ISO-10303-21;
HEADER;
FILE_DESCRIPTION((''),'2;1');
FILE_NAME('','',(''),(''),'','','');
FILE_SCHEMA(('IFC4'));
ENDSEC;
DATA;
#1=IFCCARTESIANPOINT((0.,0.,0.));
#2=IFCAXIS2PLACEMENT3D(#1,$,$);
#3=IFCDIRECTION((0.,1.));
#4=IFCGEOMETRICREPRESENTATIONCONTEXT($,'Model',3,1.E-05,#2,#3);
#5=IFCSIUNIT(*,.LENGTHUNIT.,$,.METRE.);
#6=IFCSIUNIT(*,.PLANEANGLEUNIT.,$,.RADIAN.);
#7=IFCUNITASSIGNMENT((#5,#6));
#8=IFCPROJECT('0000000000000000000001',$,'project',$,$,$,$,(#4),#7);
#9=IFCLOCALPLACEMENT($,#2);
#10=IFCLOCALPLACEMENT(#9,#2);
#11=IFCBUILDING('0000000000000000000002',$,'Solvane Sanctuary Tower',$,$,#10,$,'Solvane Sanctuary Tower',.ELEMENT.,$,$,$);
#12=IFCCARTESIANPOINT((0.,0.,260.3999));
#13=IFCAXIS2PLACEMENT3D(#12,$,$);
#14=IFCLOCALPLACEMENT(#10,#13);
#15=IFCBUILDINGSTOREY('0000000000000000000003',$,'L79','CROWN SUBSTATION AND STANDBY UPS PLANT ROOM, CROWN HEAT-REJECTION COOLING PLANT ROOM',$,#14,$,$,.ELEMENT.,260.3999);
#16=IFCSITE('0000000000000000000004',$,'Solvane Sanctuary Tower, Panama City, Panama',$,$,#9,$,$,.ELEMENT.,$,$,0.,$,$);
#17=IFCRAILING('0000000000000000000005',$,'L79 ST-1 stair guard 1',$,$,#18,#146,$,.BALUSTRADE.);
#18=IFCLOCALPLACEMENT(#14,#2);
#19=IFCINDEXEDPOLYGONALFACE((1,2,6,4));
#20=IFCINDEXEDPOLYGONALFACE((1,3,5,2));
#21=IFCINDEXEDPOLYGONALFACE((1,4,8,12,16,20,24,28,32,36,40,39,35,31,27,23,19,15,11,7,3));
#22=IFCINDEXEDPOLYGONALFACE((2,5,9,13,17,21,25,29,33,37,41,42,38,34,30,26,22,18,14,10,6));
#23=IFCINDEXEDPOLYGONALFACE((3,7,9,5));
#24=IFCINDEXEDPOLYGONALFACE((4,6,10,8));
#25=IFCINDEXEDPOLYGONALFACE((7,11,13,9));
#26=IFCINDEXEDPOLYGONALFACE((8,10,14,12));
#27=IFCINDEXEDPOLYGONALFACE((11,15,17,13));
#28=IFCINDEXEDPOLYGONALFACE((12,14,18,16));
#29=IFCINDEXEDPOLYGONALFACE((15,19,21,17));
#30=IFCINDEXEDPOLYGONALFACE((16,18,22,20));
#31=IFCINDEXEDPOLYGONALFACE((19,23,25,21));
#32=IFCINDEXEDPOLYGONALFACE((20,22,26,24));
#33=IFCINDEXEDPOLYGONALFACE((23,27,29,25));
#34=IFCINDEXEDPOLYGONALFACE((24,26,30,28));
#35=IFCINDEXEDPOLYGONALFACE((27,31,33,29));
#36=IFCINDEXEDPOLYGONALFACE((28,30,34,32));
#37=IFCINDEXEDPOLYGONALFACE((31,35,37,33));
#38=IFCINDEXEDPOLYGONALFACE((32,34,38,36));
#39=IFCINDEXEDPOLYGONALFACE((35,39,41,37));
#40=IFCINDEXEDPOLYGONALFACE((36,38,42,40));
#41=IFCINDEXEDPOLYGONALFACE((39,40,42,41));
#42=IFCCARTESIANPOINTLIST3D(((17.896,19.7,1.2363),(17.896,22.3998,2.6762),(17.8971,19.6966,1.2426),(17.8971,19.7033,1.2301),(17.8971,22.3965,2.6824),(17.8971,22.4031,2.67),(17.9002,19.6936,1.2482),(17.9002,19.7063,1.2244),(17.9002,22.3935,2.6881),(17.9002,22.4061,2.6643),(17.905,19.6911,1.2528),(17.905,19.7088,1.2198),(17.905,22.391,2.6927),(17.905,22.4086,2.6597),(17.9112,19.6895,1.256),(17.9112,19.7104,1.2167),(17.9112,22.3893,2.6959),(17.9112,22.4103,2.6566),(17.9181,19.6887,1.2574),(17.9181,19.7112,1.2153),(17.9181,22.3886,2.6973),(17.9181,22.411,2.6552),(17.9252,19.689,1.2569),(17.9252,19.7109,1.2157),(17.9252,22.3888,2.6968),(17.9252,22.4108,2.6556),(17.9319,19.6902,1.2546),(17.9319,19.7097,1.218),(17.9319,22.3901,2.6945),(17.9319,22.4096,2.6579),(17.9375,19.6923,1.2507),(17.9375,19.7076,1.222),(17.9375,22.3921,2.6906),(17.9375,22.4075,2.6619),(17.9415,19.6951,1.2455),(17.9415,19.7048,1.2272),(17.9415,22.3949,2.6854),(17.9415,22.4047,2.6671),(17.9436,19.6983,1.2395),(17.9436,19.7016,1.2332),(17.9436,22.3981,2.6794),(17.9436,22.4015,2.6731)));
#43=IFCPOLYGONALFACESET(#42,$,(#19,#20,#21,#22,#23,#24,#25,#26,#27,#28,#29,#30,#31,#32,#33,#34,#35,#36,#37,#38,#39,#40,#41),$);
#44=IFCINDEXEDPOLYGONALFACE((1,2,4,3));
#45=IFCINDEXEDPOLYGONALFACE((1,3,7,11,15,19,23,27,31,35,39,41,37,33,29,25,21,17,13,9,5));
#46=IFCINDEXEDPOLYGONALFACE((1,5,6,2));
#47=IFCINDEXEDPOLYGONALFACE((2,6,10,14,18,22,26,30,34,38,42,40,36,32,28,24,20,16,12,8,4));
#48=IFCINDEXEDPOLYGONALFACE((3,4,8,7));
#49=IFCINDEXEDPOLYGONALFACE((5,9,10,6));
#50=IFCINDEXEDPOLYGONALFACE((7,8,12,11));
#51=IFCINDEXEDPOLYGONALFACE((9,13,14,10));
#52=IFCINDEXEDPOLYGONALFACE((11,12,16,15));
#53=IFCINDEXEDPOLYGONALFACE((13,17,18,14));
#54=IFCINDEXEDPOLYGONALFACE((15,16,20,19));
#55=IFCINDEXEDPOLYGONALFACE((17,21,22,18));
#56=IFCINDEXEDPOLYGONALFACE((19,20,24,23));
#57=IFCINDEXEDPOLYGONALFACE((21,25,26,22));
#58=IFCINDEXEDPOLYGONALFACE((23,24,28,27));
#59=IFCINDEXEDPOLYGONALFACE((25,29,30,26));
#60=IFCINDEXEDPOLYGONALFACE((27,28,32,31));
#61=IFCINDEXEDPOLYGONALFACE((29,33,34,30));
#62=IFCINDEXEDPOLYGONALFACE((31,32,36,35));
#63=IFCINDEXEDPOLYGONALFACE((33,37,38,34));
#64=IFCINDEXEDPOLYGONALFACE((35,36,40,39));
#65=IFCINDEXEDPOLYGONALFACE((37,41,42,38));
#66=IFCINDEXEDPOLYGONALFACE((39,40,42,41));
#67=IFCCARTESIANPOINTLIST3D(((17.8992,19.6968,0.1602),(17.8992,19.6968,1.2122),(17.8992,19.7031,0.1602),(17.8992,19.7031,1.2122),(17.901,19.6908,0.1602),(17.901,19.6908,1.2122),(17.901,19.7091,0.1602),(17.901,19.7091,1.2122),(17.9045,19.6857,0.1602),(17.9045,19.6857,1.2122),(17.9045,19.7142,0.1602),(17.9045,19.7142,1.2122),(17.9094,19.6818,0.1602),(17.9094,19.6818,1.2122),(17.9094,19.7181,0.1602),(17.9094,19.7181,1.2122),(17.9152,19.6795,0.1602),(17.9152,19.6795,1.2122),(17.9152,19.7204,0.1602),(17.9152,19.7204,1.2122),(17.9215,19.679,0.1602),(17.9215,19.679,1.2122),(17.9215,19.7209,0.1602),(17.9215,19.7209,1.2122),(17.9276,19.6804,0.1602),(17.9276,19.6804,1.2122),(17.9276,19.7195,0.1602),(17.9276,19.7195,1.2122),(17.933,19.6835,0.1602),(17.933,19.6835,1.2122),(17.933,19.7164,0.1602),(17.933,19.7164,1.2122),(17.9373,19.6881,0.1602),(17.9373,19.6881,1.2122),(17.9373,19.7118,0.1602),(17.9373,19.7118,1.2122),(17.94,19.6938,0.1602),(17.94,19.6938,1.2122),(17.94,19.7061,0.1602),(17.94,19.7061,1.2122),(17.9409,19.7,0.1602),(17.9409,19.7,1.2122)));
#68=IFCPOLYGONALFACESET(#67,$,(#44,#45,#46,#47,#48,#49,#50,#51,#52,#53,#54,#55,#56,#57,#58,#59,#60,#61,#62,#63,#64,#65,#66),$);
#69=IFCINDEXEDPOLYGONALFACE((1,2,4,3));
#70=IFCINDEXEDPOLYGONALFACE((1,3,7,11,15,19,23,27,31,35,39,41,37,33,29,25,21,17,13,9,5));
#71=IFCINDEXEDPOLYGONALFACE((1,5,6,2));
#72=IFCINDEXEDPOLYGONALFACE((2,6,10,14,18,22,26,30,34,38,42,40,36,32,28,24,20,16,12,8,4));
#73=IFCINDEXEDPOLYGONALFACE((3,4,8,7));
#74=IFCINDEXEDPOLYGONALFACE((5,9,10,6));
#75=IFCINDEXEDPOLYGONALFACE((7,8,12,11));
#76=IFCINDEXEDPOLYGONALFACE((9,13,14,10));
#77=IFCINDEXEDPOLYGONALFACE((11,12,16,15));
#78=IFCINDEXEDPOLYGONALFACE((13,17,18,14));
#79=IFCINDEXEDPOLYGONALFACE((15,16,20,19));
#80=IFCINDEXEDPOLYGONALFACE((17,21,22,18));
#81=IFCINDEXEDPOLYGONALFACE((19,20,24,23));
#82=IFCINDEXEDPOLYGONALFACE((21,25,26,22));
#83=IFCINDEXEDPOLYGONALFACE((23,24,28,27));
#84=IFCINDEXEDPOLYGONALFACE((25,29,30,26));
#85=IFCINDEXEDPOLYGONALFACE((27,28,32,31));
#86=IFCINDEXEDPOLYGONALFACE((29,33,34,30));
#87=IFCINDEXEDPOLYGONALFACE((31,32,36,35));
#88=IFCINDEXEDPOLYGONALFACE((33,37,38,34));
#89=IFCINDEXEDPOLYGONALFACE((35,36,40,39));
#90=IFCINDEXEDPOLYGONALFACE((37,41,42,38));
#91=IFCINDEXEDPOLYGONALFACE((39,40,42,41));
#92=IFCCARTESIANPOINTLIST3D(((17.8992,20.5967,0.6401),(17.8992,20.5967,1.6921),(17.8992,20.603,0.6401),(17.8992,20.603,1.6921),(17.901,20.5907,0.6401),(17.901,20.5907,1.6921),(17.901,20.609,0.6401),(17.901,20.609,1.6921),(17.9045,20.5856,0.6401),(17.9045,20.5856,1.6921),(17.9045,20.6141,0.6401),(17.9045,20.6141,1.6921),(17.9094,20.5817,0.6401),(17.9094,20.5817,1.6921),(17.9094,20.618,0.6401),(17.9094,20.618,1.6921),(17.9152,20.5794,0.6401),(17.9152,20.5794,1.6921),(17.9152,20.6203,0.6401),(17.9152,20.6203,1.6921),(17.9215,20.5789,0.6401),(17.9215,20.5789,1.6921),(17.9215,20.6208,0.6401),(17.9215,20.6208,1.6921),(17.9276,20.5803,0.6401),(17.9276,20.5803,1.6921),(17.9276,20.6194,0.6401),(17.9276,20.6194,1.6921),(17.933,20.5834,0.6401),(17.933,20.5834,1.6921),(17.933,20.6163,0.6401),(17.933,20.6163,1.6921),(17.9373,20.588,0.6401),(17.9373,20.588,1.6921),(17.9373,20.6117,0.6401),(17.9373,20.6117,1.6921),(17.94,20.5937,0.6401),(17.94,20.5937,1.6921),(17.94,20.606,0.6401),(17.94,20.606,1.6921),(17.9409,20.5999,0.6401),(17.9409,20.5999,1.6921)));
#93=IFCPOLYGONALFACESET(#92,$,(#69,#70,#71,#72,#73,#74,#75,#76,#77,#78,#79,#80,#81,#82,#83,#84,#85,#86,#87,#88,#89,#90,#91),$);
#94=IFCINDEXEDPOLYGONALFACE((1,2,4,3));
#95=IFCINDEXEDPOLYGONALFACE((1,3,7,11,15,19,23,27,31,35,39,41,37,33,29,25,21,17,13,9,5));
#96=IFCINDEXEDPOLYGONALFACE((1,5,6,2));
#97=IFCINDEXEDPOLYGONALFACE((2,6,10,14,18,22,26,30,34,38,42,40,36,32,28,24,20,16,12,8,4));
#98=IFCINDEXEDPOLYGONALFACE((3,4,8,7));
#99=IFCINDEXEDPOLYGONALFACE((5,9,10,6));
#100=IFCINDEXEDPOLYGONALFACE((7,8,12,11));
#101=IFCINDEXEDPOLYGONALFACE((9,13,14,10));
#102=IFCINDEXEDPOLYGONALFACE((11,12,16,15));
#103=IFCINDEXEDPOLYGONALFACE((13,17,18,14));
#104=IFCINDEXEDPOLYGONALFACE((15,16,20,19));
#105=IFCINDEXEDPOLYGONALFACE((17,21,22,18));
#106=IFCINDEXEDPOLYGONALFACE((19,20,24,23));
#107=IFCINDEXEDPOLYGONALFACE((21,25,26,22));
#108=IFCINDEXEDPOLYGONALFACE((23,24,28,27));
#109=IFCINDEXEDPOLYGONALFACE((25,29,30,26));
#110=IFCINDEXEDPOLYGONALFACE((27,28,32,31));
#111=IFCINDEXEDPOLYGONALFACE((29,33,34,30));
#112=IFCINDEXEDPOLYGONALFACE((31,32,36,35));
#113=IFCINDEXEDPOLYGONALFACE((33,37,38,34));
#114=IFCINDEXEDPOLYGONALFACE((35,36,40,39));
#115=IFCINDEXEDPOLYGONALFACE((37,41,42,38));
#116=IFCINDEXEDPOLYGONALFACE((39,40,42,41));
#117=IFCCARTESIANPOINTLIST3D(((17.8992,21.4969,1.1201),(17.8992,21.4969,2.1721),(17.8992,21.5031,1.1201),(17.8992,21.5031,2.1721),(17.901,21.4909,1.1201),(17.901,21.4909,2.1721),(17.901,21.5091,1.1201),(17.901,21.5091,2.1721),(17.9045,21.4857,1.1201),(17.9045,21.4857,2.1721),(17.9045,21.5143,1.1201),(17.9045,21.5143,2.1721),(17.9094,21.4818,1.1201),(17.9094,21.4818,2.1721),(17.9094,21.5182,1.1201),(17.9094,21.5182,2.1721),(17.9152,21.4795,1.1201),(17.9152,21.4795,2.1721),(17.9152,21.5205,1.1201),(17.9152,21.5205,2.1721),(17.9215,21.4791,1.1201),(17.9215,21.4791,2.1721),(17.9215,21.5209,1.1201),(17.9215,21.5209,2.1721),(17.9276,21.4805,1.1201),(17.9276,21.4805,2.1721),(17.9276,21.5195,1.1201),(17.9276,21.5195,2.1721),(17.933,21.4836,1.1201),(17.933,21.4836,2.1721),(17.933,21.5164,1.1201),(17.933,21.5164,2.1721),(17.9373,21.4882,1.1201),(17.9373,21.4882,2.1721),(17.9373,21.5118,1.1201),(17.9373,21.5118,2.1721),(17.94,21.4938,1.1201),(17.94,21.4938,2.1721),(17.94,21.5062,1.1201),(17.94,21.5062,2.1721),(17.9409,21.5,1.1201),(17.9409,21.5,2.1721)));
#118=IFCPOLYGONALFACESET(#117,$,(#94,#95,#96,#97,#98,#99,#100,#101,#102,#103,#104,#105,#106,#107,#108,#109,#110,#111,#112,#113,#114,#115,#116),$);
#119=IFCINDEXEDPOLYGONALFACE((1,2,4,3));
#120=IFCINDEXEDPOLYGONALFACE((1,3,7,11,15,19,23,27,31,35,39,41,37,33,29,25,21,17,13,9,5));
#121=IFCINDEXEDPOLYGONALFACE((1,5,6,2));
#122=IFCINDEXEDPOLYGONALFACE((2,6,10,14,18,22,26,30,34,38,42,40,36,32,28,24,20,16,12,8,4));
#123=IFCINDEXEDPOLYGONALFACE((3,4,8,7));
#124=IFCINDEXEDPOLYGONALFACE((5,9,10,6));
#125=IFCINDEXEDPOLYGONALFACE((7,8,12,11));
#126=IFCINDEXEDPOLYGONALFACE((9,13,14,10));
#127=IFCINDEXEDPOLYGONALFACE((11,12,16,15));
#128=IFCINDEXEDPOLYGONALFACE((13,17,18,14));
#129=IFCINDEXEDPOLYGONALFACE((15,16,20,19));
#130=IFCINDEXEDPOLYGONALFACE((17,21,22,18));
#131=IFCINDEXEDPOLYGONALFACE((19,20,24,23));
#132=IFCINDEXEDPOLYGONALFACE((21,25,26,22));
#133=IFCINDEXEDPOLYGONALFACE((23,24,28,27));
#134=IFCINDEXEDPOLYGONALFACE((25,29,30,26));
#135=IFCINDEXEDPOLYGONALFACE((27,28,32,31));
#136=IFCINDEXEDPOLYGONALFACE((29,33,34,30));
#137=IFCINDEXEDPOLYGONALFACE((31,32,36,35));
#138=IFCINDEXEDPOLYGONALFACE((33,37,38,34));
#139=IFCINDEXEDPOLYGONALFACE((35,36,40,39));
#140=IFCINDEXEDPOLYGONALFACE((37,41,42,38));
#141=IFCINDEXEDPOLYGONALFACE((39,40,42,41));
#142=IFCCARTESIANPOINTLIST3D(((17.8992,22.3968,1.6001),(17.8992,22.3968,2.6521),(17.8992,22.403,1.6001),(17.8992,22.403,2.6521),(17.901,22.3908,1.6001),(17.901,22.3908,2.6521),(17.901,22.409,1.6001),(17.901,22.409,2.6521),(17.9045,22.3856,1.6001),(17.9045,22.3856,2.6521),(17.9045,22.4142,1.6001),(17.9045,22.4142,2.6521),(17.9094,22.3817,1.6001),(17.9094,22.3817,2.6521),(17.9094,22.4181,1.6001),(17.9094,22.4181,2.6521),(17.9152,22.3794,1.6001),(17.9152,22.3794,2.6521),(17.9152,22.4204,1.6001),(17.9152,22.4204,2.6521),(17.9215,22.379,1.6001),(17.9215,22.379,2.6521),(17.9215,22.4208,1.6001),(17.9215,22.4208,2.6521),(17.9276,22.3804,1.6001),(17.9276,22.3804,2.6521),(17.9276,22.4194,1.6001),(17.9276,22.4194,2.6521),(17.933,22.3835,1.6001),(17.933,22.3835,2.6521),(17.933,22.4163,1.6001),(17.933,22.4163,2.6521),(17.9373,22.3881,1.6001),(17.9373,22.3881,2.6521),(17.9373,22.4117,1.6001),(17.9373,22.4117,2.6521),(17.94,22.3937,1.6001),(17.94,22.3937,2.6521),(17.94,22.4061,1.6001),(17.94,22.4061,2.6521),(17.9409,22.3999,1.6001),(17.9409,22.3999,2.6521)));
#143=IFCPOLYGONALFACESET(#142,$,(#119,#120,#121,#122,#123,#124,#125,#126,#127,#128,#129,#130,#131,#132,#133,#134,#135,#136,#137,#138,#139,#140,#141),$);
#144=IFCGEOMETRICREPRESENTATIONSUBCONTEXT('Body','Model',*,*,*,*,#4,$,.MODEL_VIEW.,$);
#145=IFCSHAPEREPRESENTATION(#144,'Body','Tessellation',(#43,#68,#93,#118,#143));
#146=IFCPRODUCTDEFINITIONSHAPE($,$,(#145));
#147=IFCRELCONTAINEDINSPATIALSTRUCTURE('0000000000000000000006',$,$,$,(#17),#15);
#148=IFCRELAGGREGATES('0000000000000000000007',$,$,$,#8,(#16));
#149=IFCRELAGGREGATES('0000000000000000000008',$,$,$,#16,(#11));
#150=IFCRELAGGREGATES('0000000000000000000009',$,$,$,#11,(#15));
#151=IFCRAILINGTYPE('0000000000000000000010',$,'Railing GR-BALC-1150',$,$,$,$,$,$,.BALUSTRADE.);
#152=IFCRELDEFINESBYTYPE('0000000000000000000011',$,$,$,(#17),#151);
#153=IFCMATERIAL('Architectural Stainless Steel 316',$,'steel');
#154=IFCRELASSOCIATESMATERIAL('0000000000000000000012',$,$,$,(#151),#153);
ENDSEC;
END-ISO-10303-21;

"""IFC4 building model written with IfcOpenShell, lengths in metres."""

from ifc_helpers import new_model, si_unit, direction, frame, origin, origin_2d, place, context, subcontext, project, spatial, circle, extrude, material, type_object, element, save


model = new_model("IFC4")

# Units and contexts
model_context = context("Model", 3, precision=1e-05, world=origin(), true_north=direction((0.0, 1.0)))
body_context = subcontext(model_context, "Body", "Model", "MODEL_VIEW")
ifc_project = project(units=[si_unit("LENGTHUNIT", "METRE"), si_unit("PLANEANGLEUNIT", "RADIAN")], contexts=[model_context])

# Site, building, storey
site_placement = place(None, origin())
site = spatial("IfcSite", under=ifc_project, at=site_placement, Name="Solvane Sanctuary Tower, Panama City, Panama", CompositionType="ELEMENT", RefElevation=0.0)
building_placement = place(site_placement, origin())
building = spatial("IfcBuilding", under=site, at=building_placement, Name="Solvane Sanctuary Tower", LongName="Solvane Sanctuary Tower", CompositionType="ELEMENT")
storey_placement = place(building_placement, frame((0.0, 0.0, 260.3999)))
storey = spatial("IfcBuildingStorey", under=building, at=storey_placement, Name="L79", Description="CROWN SUBSTATION AND STANDBY UPS PLANT ROOM, CROWN HEAT-REJECTION COOLING PLANT ROOM", CompositionType="ELEMENT", Elevation=260.3999)

# Shared definitions
ifc_material_1 = material(Name="Architectural Stainless Steel 316", Category="steel")

# Railing
railing_type_1 = type_object("IfcRailingType", Name="Railing GR-BALC-1150", PredefinedType="BALUSTRADE", material=ifc_material_1)
railing_1_placement = place(storey_placement, frame((17.9199, 19.7, 0.1602)))
element("IfcRailing", 1, at=railing_1_placement, inside=storey, type_object=railing_type_1, Name="L79 ST-1 stair guard 1", PredefinedType="BALUSTRADE", context=body_context, shape_type="SweptSolid", body=[
    extrude(circle(Radius=0.0239, at=origin_2d()), frame((0.0, 0.0, 1.0762), z_axis=(0.0, 0.882357, 0.47058), x_axis=(-1.0, 0.0, 0.0)), (0.0, 0.0, 1.0), 3.0598),
    extrude(circle(Radius=0.021, at=origin_2d()), origin(), (0.0, 0.0, 1.0), 1.052),
    extrude(circle(Radius=0.021, at=origin_2d()), frame((0.0, 0.8999, 0.48)), (0.0, 0.0, 1.0), 1.052),
    extrude(circle(Radius=0.021, at=origin_2d()), frame((0.0, 1.8, 0.96)), (0.0, 0.0, 1.0), 1.052),
    extrude(circle(Radius=0.021, at=origin_2d()), frame((0.0, 2.7, 1.4399)), (0.0, 0.0, 1.0), 1.052),
])

save(model, "model.ifc")
